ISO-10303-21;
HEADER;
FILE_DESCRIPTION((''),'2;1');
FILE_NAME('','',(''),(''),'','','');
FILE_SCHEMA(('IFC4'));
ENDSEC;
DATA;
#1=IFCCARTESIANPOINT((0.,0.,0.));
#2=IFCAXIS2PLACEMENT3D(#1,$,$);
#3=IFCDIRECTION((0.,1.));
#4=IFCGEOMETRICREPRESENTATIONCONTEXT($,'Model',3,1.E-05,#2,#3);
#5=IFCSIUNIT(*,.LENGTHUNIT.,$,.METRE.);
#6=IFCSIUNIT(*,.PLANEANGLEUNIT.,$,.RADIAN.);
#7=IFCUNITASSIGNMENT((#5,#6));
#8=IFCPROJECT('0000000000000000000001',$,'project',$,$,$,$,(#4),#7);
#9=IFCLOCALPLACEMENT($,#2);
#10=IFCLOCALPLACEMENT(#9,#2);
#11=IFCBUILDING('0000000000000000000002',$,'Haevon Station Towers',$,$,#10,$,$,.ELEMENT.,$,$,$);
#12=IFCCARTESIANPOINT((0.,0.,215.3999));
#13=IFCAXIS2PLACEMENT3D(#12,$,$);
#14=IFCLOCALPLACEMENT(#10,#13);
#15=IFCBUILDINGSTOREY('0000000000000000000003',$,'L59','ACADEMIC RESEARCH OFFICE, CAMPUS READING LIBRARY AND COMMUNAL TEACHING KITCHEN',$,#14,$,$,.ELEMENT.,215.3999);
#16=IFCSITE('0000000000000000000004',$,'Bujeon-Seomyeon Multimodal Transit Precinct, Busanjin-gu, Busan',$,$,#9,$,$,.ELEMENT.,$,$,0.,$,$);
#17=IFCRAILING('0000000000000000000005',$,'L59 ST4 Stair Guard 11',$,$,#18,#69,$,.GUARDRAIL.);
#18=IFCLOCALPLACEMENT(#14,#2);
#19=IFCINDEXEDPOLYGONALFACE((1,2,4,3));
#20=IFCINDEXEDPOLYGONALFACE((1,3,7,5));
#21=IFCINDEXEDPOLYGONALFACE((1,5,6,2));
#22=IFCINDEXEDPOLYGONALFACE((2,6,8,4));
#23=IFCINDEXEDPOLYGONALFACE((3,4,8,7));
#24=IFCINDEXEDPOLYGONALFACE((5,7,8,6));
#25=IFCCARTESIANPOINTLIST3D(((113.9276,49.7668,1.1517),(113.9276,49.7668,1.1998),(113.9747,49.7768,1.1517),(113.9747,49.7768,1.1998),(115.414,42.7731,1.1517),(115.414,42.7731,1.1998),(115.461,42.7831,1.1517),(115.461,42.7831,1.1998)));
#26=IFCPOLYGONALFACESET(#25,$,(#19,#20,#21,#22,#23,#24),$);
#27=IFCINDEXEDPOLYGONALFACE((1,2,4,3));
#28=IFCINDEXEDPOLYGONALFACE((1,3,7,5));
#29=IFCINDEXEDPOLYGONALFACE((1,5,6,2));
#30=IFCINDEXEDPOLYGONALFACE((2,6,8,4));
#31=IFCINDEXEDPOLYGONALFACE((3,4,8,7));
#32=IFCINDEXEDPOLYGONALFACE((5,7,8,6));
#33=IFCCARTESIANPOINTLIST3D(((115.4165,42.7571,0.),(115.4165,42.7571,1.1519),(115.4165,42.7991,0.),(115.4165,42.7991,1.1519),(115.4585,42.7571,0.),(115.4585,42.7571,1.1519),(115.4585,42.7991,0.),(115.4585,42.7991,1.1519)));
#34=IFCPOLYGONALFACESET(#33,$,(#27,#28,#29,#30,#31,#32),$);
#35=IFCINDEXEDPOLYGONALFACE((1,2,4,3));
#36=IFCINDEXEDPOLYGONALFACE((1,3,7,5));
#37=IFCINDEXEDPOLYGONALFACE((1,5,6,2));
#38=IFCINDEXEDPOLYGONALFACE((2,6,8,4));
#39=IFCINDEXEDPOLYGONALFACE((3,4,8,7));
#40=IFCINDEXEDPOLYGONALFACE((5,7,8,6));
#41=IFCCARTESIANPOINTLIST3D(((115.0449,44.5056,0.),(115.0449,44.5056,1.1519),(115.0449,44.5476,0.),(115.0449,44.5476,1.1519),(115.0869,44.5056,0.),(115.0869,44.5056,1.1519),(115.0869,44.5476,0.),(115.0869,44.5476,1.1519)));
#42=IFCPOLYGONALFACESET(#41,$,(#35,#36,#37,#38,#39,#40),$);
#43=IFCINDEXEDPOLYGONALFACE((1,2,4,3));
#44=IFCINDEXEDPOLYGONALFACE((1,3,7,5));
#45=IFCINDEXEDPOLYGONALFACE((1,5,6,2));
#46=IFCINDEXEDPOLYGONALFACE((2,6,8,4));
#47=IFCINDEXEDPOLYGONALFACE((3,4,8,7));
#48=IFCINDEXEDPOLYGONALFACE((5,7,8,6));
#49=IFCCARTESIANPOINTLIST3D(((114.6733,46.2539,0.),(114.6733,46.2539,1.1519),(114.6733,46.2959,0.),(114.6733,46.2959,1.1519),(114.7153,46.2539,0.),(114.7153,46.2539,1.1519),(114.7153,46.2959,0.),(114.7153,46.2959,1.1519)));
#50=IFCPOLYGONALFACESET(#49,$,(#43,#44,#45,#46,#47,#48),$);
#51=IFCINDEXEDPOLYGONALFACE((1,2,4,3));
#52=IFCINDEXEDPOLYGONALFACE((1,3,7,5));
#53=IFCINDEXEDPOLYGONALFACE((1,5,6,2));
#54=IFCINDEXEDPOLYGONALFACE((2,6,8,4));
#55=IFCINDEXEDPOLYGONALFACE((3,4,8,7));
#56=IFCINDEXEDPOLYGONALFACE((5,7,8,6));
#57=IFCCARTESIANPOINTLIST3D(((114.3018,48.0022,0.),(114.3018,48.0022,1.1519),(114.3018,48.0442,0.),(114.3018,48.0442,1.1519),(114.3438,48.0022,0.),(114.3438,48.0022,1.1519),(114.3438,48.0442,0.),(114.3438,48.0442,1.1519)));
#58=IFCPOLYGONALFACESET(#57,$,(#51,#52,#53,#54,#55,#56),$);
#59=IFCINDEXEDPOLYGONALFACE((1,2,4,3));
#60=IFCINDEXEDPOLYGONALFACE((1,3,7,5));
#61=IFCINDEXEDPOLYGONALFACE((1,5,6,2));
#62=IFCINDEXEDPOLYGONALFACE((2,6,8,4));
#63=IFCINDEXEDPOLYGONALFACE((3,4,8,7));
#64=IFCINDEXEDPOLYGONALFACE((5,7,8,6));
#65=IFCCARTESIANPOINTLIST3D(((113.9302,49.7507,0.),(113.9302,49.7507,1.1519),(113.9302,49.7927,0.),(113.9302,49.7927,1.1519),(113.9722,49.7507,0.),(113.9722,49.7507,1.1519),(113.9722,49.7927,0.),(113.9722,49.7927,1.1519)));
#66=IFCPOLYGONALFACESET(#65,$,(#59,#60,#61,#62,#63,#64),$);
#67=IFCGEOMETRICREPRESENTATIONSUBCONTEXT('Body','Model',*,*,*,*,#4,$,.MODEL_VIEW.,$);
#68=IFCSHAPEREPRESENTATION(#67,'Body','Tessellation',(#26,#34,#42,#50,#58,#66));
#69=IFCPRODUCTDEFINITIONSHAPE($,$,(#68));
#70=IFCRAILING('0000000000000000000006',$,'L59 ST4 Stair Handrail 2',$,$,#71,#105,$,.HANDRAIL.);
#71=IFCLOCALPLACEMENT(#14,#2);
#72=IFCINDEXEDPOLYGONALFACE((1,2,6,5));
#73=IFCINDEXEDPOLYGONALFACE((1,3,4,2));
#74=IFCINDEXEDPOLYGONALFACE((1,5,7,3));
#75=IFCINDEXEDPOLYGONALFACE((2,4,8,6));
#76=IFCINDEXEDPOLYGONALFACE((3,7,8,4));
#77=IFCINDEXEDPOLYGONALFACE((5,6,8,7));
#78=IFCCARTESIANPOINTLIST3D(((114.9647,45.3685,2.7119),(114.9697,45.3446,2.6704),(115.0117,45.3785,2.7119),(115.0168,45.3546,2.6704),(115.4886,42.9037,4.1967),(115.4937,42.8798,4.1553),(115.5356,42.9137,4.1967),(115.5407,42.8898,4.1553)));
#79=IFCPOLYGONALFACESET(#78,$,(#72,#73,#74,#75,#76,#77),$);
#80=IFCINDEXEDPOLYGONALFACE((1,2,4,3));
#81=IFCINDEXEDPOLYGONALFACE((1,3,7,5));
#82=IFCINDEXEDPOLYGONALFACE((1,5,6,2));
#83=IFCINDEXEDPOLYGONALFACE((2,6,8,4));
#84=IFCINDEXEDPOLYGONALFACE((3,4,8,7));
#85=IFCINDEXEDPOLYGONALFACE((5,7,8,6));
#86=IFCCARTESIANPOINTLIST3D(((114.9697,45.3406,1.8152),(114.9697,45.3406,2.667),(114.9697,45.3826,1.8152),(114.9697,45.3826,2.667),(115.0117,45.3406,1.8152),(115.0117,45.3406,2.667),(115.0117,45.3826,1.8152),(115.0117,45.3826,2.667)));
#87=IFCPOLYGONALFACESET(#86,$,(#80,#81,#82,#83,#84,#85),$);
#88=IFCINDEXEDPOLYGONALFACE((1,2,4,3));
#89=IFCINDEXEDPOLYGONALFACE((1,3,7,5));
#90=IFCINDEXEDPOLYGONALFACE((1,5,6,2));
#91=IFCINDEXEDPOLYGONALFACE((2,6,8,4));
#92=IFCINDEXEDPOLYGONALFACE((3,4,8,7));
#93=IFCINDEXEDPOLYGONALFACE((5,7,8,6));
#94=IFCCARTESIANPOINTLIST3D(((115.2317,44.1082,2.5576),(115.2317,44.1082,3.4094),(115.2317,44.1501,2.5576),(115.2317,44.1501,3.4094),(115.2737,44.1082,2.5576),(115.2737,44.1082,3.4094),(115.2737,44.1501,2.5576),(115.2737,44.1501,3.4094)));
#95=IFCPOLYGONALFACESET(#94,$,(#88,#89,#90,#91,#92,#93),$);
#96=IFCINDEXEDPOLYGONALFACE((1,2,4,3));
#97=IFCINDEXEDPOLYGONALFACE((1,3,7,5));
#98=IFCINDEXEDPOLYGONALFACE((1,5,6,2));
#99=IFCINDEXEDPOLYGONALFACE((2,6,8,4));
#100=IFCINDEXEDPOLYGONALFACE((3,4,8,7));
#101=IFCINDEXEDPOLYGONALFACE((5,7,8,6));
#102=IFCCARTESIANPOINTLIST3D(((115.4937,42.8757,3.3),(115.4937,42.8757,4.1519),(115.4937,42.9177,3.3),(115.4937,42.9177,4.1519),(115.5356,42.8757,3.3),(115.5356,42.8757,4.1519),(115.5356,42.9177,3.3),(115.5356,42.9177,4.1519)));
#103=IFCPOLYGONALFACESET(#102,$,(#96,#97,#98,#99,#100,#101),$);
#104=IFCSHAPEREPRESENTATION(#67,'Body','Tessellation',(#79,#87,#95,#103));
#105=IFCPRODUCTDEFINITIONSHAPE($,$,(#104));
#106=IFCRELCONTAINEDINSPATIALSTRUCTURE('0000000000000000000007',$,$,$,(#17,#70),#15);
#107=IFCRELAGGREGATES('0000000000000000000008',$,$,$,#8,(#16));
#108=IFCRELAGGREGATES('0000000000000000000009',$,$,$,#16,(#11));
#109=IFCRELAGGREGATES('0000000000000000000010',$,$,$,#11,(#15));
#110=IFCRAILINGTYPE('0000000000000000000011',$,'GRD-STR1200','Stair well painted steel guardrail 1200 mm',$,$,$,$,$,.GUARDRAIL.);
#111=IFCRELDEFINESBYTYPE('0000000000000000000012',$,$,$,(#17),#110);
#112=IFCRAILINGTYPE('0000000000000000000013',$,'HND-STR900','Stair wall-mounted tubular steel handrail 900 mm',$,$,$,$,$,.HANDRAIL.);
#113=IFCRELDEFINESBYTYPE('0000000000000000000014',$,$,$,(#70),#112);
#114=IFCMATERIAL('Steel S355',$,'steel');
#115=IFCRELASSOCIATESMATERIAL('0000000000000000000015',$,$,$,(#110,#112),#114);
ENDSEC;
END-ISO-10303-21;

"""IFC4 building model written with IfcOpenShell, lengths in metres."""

from ifc_helpers import new_model, si_unit, direction, frame, origin, origin_2d, place, context, subcontext, project, spatial, rectangle, extrude, material, type_object, element, save


model = new_model("IFC4")

# Units and contexts
model_context = context("Model", 3, precision=1e-05, world=origin(), true_north=direction((0.0, 1.0)))
body_context = subcontext(model_context, "Body", "Model", "MODEL_VIEW")
ifc_project = project(units=[si_unit("LENGTHUNIT", "METRE"), si_unit("PLANEANGLEUNIT", "RADIAN")], contexts=[model_context])

# Site, building, storey
site_placement = place(None, origin())
site = spatial("IfcSite", under=ifc_project, at=site_placement, Name="Bujeon-Seomyeon Multimodal Transit Precinct, Busanjin-gu, Busan", CompositionType="ELEMENT", RefElevation=0.0)
building_placement = place(site_placement, origin())
building = spatial("IfcBuilding", under=site, at=building_placement, Name="Haevon Station Towers", CompositionType="ELEMENT")
storey_placement = place(building_placement, frame((0.0, 0.0, 215.3999)))
storey = spatial("IfcBuildingStorey", under=building, at=storey_placement, Name="L59", Description="ACADEMIC RESEARCH OFFICE, CAMPUS READING LIBRARY AND COMMUNAL TEACHING KITCHEN", CompositionType="ELEMENT", Elevation=215.3999)

# Shared definitions
ifc_material_1 = material(Name="Steel S355", Category="steel")

# Railings
railing_type_1 = type_object("IfcRailingType", Name="GRD-STR1200", Description="Stair well painted steel guardrail 1200 mm", PredefinedType="GUARDRAIL", material=ifc_material_1)
railing_1_placement = place(storey_placement, frame((115.4375, 42.7781, 0.0)))
element("IfcRailing", 1, at=railing_1_placement, inside=storey, type_object=railing_type_1, Name="L59 ST4 Stair Guard 11", PredefinedType="GUARDRAIL", context=body_context, shape_type="SweptSolid", body=[
    extrude(rectangle(XDim=0.0481, YDim=0.0481, at=origin_2d()), frame((0.0, 0.0, 1.1758), z_axis=(-0.207882, 0.978154, 0.0), x_axis=(-0.978154, -0.207882, 0.0)), (0.0, 0.0, 1.0), 7.1499),
    extrude(rectangle(XDim=0.042, YDim=0.042, at=origin_2d()), origin(), (0.0, 0.0, 1.0), 1.1519),
    extrude(rectangle(XDim=0.042, YDim=0.042, at=origin_2d()), frame((-0.3716, 1.7485, 0.0)), (0.0, 0.0, 1.0), 1.1519),
    extrude(rectangle(XDim=0.042, YDim=0.042, at=origin_2d()), frame((-0.7432, 3.4968, 0.0)), (0.0, 0.0, 1.0), 1.1519),
    extrude(rectangle(XDim=0.042, YDim=0.042, at=origin_2d()), frame((-1.1147, 5.2451, 0.0)), (0.0, 0.0, 1.0), 1.1519),
    extrude(rectangle(XDim=0.042, YDim=0.042, at=origin_2d()), frame((-1.4863, 6.9937, 0.0)), (0.0, 0.0, 1.0), 1.1519),
])
railing_type_2 = type_object("IfcRailingType", Name="HND-STR900", Description="Stair wall-mounted tubular steel handrail 900 mm", PredefinedType="HANDRAIL", material=ifc_material_1)
railing_2_placement = place(storey_placement, frame((114.9907, 45.3616, 1.8152)))
element("IfcRailing", 2, at=railing_2_placement, inside=storey, type_object=railing_type_2, Name="L59 ST4 Stair Handrail 2", PredefinedType="HANDRAIL", context=body_context, shape_type="SweptSolid", body=[
    extrude(rectangle(XDim=0.0481, YDim=0.0481, at=origin_2d()), frame((0.0, 0.0, 0.876), z_axis=(0.179129, -0.842724, 0.507671), x_axis=(0.978147, 0.207914, 0.0)), (0.0, 0.0, 1.0), 2.9248),
    extrude(rectangle(XDim=0.042, YDim=0.042, at=origin_2d()), origin(), (0.0, 0.0, 1.0), 0.8518),
    extrude(rectangle(XDim=0.042, YDim=0.042, at=origin_2d()), frame((0.262, -1.2324, 0.7424)), (0.0, 0.0, 1.0), 0.8518),
    extrude(rectangle(XDim=0.042, YDim=0.042, at=origin_2d()), frame((0.5239, -2.4648, 1.4849)), (0.0, 0.0, 1.0), 0.8518),
])

save(model, "model.ifc")
